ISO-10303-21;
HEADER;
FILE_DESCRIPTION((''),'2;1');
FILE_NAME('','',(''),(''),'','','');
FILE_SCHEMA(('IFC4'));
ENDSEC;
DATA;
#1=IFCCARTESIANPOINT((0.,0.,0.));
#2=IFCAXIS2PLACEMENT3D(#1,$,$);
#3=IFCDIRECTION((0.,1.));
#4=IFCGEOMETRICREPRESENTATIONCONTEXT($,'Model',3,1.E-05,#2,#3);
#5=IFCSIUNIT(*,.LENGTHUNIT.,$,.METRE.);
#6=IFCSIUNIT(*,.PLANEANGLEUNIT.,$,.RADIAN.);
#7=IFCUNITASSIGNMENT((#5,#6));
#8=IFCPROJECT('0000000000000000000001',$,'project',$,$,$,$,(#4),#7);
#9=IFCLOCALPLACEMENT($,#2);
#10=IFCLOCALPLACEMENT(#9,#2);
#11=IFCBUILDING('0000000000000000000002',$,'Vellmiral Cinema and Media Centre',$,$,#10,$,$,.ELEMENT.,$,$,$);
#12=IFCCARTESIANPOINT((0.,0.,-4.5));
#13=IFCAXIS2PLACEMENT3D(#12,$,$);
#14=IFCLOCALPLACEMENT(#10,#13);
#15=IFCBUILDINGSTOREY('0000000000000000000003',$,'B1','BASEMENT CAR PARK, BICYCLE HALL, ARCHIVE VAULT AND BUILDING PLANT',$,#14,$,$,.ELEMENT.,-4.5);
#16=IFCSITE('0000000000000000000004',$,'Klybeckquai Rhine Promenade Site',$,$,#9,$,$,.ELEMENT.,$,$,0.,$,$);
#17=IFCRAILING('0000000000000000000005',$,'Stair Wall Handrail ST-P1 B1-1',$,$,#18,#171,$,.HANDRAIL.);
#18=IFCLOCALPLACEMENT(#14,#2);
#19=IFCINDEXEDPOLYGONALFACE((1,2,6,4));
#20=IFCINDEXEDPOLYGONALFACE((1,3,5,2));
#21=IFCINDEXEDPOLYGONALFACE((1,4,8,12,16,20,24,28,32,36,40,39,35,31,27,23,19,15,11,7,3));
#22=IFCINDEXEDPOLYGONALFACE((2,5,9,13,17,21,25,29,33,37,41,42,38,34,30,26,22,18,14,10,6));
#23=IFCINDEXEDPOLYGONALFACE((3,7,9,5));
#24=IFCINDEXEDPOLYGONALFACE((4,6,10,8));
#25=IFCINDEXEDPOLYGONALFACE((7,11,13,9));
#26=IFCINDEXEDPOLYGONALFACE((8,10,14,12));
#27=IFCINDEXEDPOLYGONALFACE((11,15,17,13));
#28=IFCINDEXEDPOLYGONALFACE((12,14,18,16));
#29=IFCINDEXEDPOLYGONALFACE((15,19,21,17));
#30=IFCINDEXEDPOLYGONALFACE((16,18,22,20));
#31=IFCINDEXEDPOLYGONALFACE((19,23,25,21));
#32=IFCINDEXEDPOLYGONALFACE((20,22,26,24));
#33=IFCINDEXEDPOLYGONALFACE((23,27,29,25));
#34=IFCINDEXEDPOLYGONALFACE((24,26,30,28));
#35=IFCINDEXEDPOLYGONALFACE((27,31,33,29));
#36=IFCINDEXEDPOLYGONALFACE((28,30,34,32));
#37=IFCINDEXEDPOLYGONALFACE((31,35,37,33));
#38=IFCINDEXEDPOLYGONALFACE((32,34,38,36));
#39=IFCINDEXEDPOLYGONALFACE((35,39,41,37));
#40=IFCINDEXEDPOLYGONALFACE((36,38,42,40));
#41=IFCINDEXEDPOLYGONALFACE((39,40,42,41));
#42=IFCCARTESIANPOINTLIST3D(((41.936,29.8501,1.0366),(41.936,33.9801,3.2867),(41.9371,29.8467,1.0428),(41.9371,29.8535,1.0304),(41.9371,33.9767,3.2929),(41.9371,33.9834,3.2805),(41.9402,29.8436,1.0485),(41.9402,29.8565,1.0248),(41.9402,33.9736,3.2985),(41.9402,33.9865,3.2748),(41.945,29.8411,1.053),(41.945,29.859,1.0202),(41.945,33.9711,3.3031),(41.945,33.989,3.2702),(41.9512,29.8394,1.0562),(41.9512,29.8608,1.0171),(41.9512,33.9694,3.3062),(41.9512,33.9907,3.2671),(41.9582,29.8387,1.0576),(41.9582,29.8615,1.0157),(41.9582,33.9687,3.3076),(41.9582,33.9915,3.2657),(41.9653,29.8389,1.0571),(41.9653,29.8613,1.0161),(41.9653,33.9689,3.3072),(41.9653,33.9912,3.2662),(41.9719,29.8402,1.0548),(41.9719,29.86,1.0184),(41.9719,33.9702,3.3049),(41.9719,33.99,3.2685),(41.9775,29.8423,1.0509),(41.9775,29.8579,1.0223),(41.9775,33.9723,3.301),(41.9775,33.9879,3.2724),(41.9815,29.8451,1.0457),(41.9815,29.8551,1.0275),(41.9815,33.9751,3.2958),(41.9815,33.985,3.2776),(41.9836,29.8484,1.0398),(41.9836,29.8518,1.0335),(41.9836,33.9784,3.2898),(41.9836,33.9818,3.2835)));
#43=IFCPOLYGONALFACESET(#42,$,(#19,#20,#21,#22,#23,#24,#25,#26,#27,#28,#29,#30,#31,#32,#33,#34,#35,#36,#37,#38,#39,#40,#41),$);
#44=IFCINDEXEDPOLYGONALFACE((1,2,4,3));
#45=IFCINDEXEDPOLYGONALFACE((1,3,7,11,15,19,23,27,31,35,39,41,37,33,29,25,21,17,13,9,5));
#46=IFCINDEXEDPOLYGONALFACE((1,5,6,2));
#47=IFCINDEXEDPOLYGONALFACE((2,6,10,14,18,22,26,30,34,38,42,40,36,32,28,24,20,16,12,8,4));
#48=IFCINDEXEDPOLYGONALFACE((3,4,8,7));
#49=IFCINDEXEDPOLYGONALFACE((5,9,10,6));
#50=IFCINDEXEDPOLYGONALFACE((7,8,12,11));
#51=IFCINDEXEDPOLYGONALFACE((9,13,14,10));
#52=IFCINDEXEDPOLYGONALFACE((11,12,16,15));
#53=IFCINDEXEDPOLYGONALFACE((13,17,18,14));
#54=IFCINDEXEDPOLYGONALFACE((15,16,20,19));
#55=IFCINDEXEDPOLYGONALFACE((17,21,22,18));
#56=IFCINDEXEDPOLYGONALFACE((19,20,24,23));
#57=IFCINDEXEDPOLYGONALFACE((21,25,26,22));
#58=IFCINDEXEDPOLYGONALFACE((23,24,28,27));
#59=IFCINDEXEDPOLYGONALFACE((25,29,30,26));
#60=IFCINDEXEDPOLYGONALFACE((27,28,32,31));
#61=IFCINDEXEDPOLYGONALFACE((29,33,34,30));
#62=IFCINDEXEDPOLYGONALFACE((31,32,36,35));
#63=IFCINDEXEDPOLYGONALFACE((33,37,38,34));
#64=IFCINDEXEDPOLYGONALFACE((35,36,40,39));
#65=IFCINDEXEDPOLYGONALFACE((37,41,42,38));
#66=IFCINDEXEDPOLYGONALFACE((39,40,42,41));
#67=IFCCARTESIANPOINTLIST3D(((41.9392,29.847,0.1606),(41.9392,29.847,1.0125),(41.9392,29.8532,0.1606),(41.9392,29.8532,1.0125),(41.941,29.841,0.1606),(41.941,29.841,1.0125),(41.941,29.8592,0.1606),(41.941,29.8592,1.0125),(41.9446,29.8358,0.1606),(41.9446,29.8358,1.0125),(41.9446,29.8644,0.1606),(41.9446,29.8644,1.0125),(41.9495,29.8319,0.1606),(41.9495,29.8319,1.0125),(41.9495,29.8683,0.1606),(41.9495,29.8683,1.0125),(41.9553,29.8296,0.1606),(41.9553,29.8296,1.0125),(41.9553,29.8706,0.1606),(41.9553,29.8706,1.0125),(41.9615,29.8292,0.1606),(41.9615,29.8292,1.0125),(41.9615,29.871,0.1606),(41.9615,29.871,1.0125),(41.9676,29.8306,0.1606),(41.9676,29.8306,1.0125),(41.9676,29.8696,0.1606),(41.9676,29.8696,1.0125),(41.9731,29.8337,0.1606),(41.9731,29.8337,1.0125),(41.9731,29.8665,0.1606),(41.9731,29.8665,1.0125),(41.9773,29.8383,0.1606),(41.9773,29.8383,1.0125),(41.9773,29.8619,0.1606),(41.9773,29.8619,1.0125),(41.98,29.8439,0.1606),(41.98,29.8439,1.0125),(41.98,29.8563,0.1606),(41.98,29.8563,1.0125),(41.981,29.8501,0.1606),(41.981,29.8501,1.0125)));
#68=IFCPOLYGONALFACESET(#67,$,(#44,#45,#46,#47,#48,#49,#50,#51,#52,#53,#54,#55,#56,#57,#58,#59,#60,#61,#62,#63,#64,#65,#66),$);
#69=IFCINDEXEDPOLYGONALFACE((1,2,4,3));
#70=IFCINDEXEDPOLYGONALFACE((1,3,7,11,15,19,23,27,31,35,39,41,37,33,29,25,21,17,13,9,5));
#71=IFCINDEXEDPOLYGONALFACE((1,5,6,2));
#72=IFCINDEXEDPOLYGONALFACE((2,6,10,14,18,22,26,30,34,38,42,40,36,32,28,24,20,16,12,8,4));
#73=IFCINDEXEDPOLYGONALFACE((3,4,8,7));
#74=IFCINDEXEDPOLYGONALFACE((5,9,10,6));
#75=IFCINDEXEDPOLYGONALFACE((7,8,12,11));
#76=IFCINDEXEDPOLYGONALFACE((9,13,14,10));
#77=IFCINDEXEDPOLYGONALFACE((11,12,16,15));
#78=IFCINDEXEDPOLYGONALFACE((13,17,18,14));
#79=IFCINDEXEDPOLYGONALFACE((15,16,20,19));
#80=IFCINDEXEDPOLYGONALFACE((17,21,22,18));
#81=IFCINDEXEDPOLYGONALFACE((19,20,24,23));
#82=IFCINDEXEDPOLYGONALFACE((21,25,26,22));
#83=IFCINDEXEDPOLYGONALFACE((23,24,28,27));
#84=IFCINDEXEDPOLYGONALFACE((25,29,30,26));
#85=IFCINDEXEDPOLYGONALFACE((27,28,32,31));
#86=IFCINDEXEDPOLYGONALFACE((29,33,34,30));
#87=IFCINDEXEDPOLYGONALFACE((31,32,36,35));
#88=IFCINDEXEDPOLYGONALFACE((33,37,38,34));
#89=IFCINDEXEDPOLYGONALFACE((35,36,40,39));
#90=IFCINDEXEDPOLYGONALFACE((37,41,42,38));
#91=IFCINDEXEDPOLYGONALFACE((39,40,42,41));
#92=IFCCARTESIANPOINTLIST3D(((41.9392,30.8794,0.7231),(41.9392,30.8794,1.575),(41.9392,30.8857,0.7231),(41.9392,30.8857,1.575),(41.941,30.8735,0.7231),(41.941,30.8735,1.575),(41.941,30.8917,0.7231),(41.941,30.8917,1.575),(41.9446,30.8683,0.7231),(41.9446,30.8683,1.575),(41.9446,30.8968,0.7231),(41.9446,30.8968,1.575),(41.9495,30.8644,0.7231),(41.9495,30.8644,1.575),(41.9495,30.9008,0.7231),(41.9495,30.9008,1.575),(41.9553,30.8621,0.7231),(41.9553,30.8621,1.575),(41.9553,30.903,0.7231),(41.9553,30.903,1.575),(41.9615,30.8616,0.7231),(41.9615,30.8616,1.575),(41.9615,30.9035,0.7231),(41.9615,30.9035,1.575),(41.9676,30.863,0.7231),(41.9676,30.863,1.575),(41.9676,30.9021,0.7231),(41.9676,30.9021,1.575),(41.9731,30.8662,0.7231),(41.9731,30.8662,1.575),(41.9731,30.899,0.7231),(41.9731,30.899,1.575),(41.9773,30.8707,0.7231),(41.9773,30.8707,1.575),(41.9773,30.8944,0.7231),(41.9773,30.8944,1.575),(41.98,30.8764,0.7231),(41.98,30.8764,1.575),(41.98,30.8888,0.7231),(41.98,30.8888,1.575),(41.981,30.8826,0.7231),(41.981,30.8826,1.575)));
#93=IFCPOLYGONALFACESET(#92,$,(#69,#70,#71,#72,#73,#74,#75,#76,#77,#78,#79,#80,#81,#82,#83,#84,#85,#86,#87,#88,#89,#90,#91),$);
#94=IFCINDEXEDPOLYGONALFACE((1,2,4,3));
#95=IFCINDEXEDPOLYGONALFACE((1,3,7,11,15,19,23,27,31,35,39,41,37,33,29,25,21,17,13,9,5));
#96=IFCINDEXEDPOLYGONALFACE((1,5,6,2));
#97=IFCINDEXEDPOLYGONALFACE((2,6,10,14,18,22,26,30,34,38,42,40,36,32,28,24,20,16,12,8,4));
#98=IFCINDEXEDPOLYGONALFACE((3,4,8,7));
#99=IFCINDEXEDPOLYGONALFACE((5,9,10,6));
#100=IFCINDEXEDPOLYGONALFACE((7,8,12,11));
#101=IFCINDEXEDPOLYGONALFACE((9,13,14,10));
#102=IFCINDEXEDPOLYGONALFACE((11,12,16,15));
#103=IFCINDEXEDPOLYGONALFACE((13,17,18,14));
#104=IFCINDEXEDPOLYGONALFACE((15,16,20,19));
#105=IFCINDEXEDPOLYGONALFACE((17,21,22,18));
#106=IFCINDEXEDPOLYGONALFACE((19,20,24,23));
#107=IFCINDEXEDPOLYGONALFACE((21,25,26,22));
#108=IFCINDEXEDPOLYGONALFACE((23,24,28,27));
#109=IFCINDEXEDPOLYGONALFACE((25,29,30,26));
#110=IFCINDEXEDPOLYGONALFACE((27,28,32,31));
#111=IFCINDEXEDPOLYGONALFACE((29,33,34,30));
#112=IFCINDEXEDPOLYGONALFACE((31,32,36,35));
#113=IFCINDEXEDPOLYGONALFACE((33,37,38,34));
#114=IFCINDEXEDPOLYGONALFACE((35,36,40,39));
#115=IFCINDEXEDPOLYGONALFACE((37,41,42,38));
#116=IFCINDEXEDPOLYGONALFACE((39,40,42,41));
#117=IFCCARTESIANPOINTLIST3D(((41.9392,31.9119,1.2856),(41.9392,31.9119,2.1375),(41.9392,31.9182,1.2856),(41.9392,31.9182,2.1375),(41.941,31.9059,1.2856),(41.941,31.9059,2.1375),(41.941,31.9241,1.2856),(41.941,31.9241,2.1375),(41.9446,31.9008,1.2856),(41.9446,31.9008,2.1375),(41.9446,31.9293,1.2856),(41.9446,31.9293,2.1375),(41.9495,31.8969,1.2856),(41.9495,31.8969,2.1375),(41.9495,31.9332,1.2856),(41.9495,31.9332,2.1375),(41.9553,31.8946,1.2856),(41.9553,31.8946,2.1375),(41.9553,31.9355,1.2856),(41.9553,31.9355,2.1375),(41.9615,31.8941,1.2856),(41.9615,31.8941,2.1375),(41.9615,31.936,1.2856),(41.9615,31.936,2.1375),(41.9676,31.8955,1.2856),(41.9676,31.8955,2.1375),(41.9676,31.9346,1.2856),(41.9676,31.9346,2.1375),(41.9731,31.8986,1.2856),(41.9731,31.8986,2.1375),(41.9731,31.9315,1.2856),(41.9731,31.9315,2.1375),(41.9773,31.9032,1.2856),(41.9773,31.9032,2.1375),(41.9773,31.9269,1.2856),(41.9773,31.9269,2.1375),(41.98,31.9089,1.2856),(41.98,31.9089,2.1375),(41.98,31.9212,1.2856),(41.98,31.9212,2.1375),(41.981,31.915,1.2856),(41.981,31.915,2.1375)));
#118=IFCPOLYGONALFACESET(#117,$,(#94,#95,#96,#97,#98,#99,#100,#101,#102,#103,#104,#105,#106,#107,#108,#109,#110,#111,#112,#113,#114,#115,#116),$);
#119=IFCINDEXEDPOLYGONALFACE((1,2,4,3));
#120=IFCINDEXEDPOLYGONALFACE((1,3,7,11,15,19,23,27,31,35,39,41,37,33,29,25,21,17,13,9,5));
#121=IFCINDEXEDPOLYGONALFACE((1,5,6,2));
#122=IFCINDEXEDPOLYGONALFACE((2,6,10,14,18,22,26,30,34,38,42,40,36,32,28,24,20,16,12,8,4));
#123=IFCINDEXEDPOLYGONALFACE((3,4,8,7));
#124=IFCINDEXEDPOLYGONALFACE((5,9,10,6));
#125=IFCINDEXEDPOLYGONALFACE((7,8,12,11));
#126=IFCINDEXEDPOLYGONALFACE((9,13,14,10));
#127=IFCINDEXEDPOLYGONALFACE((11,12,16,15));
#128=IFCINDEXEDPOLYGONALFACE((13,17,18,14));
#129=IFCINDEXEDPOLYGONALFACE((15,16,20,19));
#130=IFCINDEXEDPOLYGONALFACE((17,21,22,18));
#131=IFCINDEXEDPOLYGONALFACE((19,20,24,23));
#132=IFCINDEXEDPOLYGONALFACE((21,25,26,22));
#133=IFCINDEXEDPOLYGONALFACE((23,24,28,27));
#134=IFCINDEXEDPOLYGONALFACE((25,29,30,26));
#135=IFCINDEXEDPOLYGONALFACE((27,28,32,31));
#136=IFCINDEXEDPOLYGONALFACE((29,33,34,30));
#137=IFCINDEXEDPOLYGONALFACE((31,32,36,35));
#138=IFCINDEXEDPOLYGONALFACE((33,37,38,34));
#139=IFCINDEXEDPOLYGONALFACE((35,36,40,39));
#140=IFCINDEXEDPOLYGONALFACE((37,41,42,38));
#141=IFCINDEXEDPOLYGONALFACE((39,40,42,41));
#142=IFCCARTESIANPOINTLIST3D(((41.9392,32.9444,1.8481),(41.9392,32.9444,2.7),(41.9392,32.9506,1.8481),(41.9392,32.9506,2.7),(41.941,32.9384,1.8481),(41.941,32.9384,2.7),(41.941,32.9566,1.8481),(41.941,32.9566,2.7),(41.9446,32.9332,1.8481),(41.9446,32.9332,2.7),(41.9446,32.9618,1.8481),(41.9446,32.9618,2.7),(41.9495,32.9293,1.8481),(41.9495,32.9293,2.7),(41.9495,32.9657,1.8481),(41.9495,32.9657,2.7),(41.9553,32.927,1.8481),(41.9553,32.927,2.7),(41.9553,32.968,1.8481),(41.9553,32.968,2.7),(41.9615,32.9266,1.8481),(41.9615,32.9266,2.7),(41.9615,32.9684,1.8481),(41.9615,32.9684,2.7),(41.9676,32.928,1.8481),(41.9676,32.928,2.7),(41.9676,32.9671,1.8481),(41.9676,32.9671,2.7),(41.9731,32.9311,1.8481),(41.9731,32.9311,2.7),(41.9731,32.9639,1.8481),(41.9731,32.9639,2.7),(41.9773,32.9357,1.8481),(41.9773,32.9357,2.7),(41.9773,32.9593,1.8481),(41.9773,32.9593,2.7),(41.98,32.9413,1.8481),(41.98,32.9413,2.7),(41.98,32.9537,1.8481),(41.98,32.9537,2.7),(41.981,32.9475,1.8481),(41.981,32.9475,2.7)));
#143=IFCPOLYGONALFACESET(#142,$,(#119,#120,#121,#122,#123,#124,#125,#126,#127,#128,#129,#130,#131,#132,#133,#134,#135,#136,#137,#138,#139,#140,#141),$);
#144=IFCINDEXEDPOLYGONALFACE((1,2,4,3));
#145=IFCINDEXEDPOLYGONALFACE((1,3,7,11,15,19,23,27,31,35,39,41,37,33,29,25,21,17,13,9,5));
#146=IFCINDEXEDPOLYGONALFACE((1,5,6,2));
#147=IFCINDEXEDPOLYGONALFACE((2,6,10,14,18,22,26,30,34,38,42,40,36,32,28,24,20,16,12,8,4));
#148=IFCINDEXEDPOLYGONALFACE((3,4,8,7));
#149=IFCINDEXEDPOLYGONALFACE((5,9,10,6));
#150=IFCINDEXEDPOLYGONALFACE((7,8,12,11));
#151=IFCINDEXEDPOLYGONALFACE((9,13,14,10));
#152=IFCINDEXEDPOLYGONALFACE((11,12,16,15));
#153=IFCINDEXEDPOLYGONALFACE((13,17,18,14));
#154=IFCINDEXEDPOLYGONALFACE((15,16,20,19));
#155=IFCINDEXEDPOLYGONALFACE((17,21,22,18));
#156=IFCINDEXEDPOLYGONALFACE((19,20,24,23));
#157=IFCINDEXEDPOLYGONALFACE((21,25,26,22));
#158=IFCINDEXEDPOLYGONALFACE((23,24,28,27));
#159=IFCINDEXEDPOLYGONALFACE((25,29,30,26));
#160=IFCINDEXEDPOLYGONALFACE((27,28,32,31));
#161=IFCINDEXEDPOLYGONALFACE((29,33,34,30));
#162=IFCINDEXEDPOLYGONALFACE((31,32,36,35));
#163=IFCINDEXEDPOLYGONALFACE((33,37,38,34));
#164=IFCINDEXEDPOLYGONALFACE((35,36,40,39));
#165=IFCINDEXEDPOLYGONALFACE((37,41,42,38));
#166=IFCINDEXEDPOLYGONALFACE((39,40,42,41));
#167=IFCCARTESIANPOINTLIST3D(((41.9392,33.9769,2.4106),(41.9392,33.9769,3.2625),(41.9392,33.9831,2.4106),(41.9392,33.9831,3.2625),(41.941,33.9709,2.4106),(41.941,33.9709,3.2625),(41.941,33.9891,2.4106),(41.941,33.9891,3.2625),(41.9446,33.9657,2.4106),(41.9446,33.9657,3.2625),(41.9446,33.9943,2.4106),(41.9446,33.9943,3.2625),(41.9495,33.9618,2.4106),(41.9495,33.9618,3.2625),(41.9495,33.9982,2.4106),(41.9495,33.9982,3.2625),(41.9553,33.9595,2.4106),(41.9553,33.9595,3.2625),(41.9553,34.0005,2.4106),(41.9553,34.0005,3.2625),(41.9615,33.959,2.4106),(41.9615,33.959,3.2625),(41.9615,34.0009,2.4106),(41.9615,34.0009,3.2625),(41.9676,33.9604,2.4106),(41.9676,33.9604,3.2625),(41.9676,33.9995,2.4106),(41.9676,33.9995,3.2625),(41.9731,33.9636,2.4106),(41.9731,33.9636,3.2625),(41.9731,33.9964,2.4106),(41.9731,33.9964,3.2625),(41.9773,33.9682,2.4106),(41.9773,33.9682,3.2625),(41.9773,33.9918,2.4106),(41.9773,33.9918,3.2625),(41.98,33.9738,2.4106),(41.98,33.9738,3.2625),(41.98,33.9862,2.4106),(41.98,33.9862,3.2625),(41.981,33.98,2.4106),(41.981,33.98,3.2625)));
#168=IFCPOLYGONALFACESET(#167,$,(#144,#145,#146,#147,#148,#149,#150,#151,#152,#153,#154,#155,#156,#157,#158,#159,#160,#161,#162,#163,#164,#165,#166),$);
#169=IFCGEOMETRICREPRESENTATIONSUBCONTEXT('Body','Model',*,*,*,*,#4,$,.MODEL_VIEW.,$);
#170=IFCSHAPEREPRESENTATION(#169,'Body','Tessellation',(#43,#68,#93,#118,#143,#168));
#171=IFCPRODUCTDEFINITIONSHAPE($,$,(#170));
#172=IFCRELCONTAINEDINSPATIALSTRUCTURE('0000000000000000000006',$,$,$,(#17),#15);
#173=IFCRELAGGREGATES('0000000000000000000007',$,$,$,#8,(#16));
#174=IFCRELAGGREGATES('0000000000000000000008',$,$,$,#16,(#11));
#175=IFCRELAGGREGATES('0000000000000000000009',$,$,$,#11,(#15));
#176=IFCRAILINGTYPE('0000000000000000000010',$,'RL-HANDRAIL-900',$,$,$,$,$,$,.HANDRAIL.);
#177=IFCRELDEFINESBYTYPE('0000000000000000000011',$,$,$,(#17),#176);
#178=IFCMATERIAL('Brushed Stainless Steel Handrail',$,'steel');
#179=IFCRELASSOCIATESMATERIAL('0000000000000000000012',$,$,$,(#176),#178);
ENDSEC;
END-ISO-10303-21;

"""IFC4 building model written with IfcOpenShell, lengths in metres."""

from ifc_helpers import new_model, si_unit, direction, frame, origin, origin_2d, place, context, subcontext, project, spatial, circle, extrude, material, type_object, element, save


model = new_model("IFC4")

# Units and contexts
model_context = context("Model", 3, precision=1e-05, world=origin(), true_north=direction((0.0, 1.0)))
body_context = subcontext(model_context, "Body", "Model", "MODEL_VIEW")
ifc_project = project(units=[si_unit("LENGTHUNIT", "METRE"), si_unit("PLANEANGLEUNIT", "RADIAN")], contexts=[model_context])

# Site, building, storey
site_placement = place(None, origin())
site = spatial("IfcSite", under=ifc_project, at=site_placement, Name="Klybeckquai Rhine Promenade Site", CompositionType="ELEMENT", RefElevation=0.0)
building_placement = place(site_placement, origin())
building = spatial("IfcBuilding", under=site, at=building_placement, Name="Vellmiral Cinema and Media Centre", CompositionType="ELEMENT")
storey_placement = place(building_placement, frame((0.0, 0.0, -4.5)))
storey = spatial("IfcBuildingStorey", under=building, at=storey_placement, Name="B1", Description="BASEMENT CAR PARK, BICYCLE HALL, ARCHIVE VAULT AND BUILDING PLANT", CompositionType="ELEMENT", Elevation=-4.5)

# Railing
ifc_material_1 = material(Name="Brushed Stainless Steel Handrail", Category="steel")
railing_type = type_object("IfcRailingType", Name="RL-HANDRAIL-900", PredefinedType="HANDRAIL", material=ifc_material_1)
railing_placement = place(storey_placement, frame((41.96, 29.8501, 0.1606)))
element("IfcRailing", 1, at=railing_placement, inside=storey, type_object=railing_type, Name="Stair Wall Handrail ST-P1 B1-1", PredefinedType="HANDRAIL", context=body_context, shape_type="SweptSolid", body=[
    extrude(circle(Radius=0.0239, at=origin_2d()), frame((0.0, 0.0, 0.876), z_axis=(0.0, 0.878134, 0.478416), x_axis=(-1.0, 0.0, 0.0)), (0.0, 0.0, 1.0), 4.7031),
    extrude(circle(Radius=0.021, at=origin_2d()), origin(), (0.0, 0.0, 1.0), 0.8518),
    extrude(circle(Radius=0.021, at=origin_2d()), frame((0.0, 1.0325, 0.5625)), (0.0, 0.0, 1.0), 0.8518),
    extrude(circle(Radius=0.021, at=origin_2d()), frame((0.0, 2.0649, 1.125)), (0.0, 0.0, 1.0), 0.8518),
    extrude(circle(Radius=0.021, at=origin_2d()), frame((0.0, 3.0974, 1.6875)), (0.0, 0.0, 1.0), 0.8518),
    extrude(circle(Radius=0.021, at=origin_2d()), frame((0.0, 4.1299, 2.25)), (0.0, 0.0, 1.0), 0.8518),
])

save(model, "model.ifc")
